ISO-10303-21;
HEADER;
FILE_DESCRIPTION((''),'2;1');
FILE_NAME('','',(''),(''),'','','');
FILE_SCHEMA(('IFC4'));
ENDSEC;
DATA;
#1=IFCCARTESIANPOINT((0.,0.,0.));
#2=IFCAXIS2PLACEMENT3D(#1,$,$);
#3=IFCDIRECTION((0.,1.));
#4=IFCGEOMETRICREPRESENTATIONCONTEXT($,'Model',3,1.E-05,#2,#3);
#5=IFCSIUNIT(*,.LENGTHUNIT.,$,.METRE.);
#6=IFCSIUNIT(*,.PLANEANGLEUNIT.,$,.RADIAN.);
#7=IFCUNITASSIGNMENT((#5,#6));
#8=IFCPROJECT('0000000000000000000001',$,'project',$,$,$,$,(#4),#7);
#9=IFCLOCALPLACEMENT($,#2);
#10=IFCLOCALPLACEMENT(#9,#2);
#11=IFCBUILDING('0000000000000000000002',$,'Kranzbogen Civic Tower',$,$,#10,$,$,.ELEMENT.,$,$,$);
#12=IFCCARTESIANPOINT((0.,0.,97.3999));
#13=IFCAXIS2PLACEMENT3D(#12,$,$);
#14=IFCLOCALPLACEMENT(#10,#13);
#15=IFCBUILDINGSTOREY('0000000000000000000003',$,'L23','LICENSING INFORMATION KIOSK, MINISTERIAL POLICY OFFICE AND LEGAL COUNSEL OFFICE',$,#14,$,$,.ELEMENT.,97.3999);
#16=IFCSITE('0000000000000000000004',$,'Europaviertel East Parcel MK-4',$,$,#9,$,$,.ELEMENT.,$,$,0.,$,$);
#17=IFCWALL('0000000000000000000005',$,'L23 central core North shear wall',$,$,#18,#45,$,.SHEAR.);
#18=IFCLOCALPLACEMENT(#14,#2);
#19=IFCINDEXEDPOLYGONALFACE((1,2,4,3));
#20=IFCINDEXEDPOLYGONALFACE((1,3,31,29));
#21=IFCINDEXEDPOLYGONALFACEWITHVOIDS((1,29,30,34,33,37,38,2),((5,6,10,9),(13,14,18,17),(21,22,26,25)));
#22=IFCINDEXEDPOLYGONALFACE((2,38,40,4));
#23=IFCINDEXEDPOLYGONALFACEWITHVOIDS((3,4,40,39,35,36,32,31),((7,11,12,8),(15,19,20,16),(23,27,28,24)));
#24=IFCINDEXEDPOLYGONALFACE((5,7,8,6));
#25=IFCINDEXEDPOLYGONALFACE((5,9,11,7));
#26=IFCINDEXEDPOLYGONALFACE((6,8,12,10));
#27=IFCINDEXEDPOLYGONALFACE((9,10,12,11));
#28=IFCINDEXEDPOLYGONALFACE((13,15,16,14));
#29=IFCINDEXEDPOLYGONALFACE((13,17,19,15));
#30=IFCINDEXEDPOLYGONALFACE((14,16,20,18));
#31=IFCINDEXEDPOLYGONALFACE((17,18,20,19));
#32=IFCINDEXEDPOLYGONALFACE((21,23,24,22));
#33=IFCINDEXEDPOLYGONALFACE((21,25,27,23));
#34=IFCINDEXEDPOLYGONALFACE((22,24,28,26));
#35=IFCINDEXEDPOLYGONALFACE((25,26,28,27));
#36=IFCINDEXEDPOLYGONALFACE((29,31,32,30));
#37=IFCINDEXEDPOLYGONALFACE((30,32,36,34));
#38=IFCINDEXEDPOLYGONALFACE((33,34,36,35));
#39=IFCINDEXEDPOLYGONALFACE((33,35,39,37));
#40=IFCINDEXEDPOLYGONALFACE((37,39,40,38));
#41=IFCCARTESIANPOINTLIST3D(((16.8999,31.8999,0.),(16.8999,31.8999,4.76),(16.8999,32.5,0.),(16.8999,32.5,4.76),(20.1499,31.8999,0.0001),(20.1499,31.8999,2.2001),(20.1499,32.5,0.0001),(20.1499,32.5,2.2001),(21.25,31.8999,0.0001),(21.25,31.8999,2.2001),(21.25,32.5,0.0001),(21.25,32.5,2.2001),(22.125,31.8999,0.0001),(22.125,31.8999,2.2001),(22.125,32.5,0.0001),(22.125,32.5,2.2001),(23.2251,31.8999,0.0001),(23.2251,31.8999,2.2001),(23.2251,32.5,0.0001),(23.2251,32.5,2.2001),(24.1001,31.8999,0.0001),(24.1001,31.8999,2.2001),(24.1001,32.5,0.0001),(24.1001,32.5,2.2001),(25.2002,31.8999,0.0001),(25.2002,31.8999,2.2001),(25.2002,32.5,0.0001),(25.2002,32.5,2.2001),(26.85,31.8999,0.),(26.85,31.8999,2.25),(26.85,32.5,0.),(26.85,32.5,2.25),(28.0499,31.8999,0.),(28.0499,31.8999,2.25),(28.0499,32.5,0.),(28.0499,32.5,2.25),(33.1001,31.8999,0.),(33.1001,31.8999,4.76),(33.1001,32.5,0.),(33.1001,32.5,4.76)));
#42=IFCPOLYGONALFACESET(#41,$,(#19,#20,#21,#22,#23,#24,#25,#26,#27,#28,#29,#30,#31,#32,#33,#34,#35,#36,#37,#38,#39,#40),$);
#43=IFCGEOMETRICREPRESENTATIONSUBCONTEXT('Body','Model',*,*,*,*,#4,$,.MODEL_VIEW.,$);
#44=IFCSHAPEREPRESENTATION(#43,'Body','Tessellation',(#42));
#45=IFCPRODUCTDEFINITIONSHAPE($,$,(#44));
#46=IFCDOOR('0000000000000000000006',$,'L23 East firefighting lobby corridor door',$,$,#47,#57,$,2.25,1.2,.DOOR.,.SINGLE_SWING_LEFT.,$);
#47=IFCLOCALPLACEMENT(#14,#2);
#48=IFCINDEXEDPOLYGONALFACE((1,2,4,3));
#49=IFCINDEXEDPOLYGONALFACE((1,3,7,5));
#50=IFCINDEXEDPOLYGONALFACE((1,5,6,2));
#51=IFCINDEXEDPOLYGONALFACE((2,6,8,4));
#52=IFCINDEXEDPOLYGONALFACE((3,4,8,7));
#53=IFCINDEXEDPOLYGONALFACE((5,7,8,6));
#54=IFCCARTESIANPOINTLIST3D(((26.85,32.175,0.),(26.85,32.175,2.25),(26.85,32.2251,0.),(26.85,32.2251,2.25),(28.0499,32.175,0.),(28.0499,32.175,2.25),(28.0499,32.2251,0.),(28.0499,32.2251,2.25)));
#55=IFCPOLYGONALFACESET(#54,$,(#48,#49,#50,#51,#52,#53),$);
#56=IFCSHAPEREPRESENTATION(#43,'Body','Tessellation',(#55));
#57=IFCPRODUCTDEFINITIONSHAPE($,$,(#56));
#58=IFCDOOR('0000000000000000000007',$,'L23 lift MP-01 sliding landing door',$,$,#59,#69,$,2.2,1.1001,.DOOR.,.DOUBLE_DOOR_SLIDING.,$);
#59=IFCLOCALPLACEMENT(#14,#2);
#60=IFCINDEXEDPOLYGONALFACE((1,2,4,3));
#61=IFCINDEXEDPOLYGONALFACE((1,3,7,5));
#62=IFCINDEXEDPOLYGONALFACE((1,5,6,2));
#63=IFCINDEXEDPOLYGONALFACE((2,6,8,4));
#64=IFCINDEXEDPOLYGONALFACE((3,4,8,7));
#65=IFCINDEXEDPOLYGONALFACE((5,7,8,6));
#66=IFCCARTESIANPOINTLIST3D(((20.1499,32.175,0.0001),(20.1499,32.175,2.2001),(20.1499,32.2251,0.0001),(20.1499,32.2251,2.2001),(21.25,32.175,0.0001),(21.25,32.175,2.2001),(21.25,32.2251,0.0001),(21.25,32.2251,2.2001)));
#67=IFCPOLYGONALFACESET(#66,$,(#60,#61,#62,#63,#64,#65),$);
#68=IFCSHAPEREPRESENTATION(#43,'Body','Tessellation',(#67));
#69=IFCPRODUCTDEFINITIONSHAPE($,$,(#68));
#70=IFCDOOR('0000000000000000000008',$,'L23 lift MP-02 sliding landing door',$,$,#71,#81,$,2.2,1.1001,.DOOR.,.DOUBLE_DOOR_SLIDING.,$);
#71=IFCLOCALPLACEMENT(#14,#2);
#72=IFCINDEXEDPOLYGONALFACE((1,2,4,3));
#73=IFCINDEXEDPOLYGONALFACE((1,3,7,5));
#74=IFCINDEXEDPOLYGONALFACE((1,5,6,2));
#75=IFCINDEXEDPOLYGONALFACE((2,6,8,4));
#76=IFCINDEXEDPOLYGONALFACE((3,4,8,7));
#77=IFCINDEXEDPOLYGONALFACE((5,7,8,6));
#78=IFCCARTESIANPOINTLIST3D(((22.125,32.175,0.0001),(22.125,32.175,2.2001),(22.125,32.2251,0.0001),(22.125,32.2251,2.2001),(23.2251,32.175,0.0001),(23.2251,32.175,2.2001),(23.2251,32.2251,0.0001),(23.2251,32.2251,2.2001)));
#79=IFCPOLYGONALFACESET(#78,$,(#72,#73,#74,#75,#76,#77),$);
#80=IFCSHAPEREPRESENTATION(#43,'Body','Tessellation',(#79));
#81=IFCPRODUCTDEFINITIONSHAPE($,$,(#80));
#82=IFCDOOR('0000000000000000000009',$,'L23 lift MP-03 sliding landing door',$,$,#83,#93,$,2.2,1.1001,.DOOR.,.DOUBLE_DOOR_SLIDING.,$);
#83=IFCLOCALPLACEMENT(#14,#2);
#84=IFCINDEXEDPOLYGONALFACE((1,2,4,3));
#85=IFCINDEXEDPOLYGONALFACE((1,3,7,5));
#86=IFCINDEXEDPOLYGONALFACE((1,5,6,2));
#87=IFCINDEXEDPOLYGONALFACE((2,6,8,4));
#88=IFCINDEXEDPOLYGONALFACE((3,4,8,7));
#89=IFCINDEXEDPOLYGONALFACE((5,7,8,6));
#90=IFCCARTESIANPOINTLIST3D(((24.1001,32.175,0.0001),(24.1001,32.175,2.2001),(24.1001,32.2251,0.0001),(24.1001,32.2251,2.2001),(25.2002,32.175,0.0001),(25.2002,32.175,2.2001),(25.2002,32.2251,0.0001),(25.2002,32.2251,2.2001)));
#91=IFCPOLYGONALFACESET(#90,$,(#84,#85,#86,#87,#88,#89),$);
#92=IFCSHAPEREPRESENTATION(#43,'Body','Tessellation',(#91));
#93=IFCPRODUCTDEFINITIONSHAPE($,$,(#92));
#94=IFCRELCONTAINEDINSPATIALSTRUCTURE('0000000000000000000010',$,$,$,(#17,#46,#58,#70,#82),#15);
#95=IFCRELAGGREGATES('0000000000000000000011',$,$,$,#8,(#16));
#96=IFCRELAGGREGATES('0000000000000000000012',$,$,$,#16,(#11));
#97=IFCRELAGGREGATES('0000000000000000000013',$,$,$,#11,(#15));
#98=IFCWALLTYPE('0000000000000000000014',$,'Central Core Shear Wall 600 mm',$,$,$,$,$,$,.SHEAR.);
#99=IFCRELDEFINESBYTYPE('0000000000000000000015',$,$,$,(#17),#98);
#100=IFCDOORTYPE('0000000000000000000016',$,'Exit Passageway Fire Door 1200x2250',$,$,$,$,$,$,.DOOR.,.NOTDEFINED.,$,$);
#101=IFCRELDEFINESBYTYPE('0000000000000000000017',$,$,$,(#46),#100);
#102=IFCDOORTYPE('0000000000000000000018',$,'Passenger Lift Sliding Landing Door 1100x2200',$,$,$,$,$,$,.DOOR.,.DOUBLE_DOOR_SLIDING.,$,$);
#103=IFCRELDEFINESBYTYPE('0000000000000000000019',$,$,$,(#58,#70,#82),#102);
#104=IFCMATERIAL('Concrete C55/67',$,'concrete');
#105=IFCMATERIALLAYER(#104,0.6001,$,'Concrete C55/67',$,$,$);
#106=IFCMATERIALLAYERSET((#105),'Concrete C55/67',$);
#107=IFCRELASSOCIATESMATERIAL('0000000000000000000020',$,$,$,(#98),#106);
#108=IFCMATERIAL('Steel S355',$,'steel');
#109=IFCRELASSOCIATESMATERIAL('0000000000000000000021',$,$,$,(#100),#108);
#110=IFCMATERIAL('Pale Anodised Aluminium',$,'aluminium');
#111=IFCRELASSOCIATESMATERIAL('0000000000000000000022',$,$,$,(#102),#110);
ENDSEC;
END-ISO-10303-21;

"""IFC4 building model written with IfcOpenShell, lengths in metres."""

from ifc_helpers import new_model, si_unit, direction, frame, frame_2d, origin, place, context, subcontext, project, spatial, rectangle, extrude, material, layer, layer_set, type_object, element, fill, save


model = new_model("IFC4")

# Units and contexts
model_context = context("Model", 3, precision=1e-05, world=origin(), true_north=direction((0.0, 1.0)))
body_context = subcontext(model_context, "Body", "Model", "MODEL_VIEW")
ifc_project = project(units=[si_unit("LENGTHUNIT", "METRE"), si_unit("PLANEANGLEUNIT", "RADIAN")], contexts=[model_context])

# Site, building, storey
site_placement = place(None, origin())
site = spatial("IfcSite", under=ifc_project, at=site_placement, Name="Europaviertel East Parcel MK-4", CompositionType="ELEMENT", RefElevation=0.0)
building_placement = place(site_placement, origin())
building = spatial("IfcBuilding", under=site, at=building_placement, Name="Kranzbogen Civic Tower", CompositionType="ELEMENT")
storey_placement = place(building_placement, frame((0.0, 0.0, 97.3999)))
storey = spatial("IfcBuildingStorey", under=building, at=storey_placement, Name="L23", Description="LICENSING INFORMATION KIOSK, MINISTERIAL POLICY OFFICE AND LEGAL COUNSEL OFFICE", CompositionType="ELEMENT", Elevation=97.3999)

# Shared definitions
ifc_material_1 = material(Name="Pale Anodised Aluminium", Category="aluminium")

# Shared definitions
ifc_material_2 = material(Name="Steel S355", Category="steel")

# Wall, openings, doors
ifc_material_3 = material(Name="Concrete C55/67", Category="concrete")
ifc_layer_1 = layer(ifc_material_3, 0.6001, Name="Concrete C55/67")
ifc_layer_set_1 = layer_set([ifc_layer_1], Name="Concrete C55/67")
wall_type_1 = type_object("IfcWallType", Name="Central Core Shear Wall 600 mm", PredefinedType="SHEAR", material=ifc_layer_set_1)
wall_1_placement = place(storey_placement, frame((33.1001, 32.2, 0.0), z_axis=(0.0, 0.0, 1.0), x_axis=(-1.0, 0.0, 0.0)))
wall_1 = element("IfcWall", 1, at=wall_1_placement, inside=storey, type_object=wall_type_1, Name="L23 central core North shear wall", PredefinedType="SHEAR", context=body_context, shape_type="SweptSolid", body=[
    extrude(rectangle(XDim=16.2002, YDim=0.6001, at=frame_2d((8.1001, 0.0))), origin(), (0.0, 0.0, 1.0), 4.76),
])
opening_1_placement = place(wall_1_placement, frame((5.05, 0.0, 0.0)))
opening_1 = element("IfcOpeningElement", 2, at=opening_1_placement, cuts=wall_1, PredefinedType="OPENING", context=body_context, shape_type="SweptSolid", body=[
    extrude(rectangle(XDim=1.2, YDim=2.25, at=frame_2d((0.6001, 1.125))), frame((0.0, 0.3101, 0.0), z_axis=(0.0, -1.0, 0.0), x_axis=(1.0, 0.0, 0.0)), (0.0, 0.0, 1.0), 0.6201),
])
opening_2_placement = place(wall_1_placement, frame((11.8501, 0.0, 0.0)))
opening_2 = element("IfcOpeningElement", 3, at=opening_2_placement, cuts=wall_1, PredefinedType="OPENING", context=body_context, shape_type="SweptSolid", body=[
    extrude(rectangle(XDim=1.1001, YDim=2.2, at=frame_2d((0.55, 1.1001))), frame((0.0, 0.3101, 0.0), z_axis=(0.0, -1.0, 0.0), x_axis=(1.0, 0.0, 0.0)), (0.0, 0.0, 1.0), 0.6201),
])
opening_3_placement = place(wall_1_placement, frame((9.875, 0.0, 0.0)))
opening_3 = element("IfcOpeningElement", 4, at=opening_3_placement, cuts=wall_1, PredefinedType="OPENING", context=body_context, shape_type="SweptSolid", body=[
    extrude(rectangle(XDim=1.1001, YDim=2.2, at=frame_2d((0.55, 1.1001))), frame((0.0, 0.3101, 0.0), z_axis=(0.0, -1.0, 0.0), x_axis=(1.0, 0.0, 0.0)), (0.0, 0.0, 1.0), 0.6201),
])
opening_4_placement = place(wall_1_placement, frame((7.8999, 0.0, 0.0)))
opening_4 = element("IfcOpeningElement", 5, at=opening_4_placement, cuts=wall_1, PredefinedType="OPENING", context=body_context, shape_type="SweptSolid", body=[
    extrude(rectangle(XDim=1.1001, YDim=2.2, at=frame_2d((0.55, 1.1001))), frame((0.0, 0.3101, 0.0), z_axis=(0.0, -1.0, 0.0), x_axis=(1.0, 0.0, 0.0)), (0.0, 0.0, 1.0), 0.6201),
])
door_type_1 = type_object("IfcDoorType", Name="Exit Passageway Fire Door 1200x2250", OperationType="NOTDEFINED", PredefinedType="DOOR", material=ifc_material_2)
door_1_placement = place(opening_1_placement, origin())
door_1 = element("IfcDoor", 6, at=door_1_placement, inside=storey, type_object=door_type_1, Name="L23 East firefighting lobby corridor door", OperationType="SINGLE_SWING_LEFT", OverallHeight=2.25, OverallWidth=1.2, PredefinedType="DOOR", context=body_context, shape_type="SweptSolid", body=[
    extrude(rectangle(XDim=1.2, YDim=2.25, at=frame_2d((0.6001, 1.125))), frame((0.0, 0.0249, 0.0), z_axis=(0.0, -1.0, 0.0), x_axis=(1.0, 0.0, 0.0)), (0.0, 0.0, 1.0), 0.05),
])
fill(opening_1, door_1)
door_type_2 = type_object("IfcDoorType", Name="Passenger Lift Sliding Landing Door 1100x2200", OperationType="DOUBLE_DOOR_SLIDING", PredefinedType="DOOR", material=ifc_material_1)
door_2_placement = place(opening_2_placement, origin())
door_2 = element("IfcDoor", 7, at=door_2_placement, inside=storey, type_object=door_type_2, Name="L23 lift MP-01 sliding landing door", OperationType="DOUBLE_DOOR_SLIDING", OverallHeight=2.2, OverallWidth=1.1001, PredefinedType="DOOR", context=body_context, shape_type="SweptSolid", body=[
    extrude(rectangle(XDim=1.1001, YDim=2.2, at=frame_2d((0.55, 1.1001))), frame((0.0, 0.0249, 0.0), z_axis=(0.0, -1.0, 0.0), x_axis=(1.0, 0.0, 0.0)), (0.0, 0.0, 1.0), 0.05),
])
fill(opening_2, door_2)
door_3_placement = place(opening_3_placement, origin())
door_3 = element("IfcDoor", 8, at=door_3_placement, inside=storey, type_object=door_type_2, Name="L23 lift MP-02 sliding landing door", OperationType="DOUBLE_DOOR_SLIDING", OverallHeight=2.2, OverallWidth=1.1001, PredefinedType="DOOR", context=body_context, shape_type="SweptSolid", body=[
    extrude(rectangle(XDim=1.1001, YDim=2.2, at=frame_2d((0.55, 1.1001))), frame((0.0, 0.0249, 0.0), z_axis=(0.0, -1.0, 0.0), x_axis=(1.0, 0.0, 0.0)), (0.0, 0.0, 1.0), 0.05),
])
fill(opening_3, door_3)
door_4_placement = place(opening_4_placement, origin())
door_4 = element("IfcDoor", 9, at=door_4_placement, inside=storey, type_object=door_type_2, Name="L23 lift MP-03 sliding landing door", OperationType="DOUBLE_DOOR_SLIDING", OverallHeight=2.2, OverallWidth=1.1001, PredefinedType="DOOR", context=body_context, shape_type="SweptSolid", body=[
    extrude(rectangle(XDim=1.1001, YDim=2.2, at=frame_2d((0.55, 1.1001))), frame((0.0, 0.0249, 0.0), z_axis=(0.0, -1.0, 0.0), x_axis=(1.0, 0.0, 0.0)), (0.0, 0.0, 1.0), 0.05),
])
fill(opening_4, door_4)

save(model, "model.ifc")
